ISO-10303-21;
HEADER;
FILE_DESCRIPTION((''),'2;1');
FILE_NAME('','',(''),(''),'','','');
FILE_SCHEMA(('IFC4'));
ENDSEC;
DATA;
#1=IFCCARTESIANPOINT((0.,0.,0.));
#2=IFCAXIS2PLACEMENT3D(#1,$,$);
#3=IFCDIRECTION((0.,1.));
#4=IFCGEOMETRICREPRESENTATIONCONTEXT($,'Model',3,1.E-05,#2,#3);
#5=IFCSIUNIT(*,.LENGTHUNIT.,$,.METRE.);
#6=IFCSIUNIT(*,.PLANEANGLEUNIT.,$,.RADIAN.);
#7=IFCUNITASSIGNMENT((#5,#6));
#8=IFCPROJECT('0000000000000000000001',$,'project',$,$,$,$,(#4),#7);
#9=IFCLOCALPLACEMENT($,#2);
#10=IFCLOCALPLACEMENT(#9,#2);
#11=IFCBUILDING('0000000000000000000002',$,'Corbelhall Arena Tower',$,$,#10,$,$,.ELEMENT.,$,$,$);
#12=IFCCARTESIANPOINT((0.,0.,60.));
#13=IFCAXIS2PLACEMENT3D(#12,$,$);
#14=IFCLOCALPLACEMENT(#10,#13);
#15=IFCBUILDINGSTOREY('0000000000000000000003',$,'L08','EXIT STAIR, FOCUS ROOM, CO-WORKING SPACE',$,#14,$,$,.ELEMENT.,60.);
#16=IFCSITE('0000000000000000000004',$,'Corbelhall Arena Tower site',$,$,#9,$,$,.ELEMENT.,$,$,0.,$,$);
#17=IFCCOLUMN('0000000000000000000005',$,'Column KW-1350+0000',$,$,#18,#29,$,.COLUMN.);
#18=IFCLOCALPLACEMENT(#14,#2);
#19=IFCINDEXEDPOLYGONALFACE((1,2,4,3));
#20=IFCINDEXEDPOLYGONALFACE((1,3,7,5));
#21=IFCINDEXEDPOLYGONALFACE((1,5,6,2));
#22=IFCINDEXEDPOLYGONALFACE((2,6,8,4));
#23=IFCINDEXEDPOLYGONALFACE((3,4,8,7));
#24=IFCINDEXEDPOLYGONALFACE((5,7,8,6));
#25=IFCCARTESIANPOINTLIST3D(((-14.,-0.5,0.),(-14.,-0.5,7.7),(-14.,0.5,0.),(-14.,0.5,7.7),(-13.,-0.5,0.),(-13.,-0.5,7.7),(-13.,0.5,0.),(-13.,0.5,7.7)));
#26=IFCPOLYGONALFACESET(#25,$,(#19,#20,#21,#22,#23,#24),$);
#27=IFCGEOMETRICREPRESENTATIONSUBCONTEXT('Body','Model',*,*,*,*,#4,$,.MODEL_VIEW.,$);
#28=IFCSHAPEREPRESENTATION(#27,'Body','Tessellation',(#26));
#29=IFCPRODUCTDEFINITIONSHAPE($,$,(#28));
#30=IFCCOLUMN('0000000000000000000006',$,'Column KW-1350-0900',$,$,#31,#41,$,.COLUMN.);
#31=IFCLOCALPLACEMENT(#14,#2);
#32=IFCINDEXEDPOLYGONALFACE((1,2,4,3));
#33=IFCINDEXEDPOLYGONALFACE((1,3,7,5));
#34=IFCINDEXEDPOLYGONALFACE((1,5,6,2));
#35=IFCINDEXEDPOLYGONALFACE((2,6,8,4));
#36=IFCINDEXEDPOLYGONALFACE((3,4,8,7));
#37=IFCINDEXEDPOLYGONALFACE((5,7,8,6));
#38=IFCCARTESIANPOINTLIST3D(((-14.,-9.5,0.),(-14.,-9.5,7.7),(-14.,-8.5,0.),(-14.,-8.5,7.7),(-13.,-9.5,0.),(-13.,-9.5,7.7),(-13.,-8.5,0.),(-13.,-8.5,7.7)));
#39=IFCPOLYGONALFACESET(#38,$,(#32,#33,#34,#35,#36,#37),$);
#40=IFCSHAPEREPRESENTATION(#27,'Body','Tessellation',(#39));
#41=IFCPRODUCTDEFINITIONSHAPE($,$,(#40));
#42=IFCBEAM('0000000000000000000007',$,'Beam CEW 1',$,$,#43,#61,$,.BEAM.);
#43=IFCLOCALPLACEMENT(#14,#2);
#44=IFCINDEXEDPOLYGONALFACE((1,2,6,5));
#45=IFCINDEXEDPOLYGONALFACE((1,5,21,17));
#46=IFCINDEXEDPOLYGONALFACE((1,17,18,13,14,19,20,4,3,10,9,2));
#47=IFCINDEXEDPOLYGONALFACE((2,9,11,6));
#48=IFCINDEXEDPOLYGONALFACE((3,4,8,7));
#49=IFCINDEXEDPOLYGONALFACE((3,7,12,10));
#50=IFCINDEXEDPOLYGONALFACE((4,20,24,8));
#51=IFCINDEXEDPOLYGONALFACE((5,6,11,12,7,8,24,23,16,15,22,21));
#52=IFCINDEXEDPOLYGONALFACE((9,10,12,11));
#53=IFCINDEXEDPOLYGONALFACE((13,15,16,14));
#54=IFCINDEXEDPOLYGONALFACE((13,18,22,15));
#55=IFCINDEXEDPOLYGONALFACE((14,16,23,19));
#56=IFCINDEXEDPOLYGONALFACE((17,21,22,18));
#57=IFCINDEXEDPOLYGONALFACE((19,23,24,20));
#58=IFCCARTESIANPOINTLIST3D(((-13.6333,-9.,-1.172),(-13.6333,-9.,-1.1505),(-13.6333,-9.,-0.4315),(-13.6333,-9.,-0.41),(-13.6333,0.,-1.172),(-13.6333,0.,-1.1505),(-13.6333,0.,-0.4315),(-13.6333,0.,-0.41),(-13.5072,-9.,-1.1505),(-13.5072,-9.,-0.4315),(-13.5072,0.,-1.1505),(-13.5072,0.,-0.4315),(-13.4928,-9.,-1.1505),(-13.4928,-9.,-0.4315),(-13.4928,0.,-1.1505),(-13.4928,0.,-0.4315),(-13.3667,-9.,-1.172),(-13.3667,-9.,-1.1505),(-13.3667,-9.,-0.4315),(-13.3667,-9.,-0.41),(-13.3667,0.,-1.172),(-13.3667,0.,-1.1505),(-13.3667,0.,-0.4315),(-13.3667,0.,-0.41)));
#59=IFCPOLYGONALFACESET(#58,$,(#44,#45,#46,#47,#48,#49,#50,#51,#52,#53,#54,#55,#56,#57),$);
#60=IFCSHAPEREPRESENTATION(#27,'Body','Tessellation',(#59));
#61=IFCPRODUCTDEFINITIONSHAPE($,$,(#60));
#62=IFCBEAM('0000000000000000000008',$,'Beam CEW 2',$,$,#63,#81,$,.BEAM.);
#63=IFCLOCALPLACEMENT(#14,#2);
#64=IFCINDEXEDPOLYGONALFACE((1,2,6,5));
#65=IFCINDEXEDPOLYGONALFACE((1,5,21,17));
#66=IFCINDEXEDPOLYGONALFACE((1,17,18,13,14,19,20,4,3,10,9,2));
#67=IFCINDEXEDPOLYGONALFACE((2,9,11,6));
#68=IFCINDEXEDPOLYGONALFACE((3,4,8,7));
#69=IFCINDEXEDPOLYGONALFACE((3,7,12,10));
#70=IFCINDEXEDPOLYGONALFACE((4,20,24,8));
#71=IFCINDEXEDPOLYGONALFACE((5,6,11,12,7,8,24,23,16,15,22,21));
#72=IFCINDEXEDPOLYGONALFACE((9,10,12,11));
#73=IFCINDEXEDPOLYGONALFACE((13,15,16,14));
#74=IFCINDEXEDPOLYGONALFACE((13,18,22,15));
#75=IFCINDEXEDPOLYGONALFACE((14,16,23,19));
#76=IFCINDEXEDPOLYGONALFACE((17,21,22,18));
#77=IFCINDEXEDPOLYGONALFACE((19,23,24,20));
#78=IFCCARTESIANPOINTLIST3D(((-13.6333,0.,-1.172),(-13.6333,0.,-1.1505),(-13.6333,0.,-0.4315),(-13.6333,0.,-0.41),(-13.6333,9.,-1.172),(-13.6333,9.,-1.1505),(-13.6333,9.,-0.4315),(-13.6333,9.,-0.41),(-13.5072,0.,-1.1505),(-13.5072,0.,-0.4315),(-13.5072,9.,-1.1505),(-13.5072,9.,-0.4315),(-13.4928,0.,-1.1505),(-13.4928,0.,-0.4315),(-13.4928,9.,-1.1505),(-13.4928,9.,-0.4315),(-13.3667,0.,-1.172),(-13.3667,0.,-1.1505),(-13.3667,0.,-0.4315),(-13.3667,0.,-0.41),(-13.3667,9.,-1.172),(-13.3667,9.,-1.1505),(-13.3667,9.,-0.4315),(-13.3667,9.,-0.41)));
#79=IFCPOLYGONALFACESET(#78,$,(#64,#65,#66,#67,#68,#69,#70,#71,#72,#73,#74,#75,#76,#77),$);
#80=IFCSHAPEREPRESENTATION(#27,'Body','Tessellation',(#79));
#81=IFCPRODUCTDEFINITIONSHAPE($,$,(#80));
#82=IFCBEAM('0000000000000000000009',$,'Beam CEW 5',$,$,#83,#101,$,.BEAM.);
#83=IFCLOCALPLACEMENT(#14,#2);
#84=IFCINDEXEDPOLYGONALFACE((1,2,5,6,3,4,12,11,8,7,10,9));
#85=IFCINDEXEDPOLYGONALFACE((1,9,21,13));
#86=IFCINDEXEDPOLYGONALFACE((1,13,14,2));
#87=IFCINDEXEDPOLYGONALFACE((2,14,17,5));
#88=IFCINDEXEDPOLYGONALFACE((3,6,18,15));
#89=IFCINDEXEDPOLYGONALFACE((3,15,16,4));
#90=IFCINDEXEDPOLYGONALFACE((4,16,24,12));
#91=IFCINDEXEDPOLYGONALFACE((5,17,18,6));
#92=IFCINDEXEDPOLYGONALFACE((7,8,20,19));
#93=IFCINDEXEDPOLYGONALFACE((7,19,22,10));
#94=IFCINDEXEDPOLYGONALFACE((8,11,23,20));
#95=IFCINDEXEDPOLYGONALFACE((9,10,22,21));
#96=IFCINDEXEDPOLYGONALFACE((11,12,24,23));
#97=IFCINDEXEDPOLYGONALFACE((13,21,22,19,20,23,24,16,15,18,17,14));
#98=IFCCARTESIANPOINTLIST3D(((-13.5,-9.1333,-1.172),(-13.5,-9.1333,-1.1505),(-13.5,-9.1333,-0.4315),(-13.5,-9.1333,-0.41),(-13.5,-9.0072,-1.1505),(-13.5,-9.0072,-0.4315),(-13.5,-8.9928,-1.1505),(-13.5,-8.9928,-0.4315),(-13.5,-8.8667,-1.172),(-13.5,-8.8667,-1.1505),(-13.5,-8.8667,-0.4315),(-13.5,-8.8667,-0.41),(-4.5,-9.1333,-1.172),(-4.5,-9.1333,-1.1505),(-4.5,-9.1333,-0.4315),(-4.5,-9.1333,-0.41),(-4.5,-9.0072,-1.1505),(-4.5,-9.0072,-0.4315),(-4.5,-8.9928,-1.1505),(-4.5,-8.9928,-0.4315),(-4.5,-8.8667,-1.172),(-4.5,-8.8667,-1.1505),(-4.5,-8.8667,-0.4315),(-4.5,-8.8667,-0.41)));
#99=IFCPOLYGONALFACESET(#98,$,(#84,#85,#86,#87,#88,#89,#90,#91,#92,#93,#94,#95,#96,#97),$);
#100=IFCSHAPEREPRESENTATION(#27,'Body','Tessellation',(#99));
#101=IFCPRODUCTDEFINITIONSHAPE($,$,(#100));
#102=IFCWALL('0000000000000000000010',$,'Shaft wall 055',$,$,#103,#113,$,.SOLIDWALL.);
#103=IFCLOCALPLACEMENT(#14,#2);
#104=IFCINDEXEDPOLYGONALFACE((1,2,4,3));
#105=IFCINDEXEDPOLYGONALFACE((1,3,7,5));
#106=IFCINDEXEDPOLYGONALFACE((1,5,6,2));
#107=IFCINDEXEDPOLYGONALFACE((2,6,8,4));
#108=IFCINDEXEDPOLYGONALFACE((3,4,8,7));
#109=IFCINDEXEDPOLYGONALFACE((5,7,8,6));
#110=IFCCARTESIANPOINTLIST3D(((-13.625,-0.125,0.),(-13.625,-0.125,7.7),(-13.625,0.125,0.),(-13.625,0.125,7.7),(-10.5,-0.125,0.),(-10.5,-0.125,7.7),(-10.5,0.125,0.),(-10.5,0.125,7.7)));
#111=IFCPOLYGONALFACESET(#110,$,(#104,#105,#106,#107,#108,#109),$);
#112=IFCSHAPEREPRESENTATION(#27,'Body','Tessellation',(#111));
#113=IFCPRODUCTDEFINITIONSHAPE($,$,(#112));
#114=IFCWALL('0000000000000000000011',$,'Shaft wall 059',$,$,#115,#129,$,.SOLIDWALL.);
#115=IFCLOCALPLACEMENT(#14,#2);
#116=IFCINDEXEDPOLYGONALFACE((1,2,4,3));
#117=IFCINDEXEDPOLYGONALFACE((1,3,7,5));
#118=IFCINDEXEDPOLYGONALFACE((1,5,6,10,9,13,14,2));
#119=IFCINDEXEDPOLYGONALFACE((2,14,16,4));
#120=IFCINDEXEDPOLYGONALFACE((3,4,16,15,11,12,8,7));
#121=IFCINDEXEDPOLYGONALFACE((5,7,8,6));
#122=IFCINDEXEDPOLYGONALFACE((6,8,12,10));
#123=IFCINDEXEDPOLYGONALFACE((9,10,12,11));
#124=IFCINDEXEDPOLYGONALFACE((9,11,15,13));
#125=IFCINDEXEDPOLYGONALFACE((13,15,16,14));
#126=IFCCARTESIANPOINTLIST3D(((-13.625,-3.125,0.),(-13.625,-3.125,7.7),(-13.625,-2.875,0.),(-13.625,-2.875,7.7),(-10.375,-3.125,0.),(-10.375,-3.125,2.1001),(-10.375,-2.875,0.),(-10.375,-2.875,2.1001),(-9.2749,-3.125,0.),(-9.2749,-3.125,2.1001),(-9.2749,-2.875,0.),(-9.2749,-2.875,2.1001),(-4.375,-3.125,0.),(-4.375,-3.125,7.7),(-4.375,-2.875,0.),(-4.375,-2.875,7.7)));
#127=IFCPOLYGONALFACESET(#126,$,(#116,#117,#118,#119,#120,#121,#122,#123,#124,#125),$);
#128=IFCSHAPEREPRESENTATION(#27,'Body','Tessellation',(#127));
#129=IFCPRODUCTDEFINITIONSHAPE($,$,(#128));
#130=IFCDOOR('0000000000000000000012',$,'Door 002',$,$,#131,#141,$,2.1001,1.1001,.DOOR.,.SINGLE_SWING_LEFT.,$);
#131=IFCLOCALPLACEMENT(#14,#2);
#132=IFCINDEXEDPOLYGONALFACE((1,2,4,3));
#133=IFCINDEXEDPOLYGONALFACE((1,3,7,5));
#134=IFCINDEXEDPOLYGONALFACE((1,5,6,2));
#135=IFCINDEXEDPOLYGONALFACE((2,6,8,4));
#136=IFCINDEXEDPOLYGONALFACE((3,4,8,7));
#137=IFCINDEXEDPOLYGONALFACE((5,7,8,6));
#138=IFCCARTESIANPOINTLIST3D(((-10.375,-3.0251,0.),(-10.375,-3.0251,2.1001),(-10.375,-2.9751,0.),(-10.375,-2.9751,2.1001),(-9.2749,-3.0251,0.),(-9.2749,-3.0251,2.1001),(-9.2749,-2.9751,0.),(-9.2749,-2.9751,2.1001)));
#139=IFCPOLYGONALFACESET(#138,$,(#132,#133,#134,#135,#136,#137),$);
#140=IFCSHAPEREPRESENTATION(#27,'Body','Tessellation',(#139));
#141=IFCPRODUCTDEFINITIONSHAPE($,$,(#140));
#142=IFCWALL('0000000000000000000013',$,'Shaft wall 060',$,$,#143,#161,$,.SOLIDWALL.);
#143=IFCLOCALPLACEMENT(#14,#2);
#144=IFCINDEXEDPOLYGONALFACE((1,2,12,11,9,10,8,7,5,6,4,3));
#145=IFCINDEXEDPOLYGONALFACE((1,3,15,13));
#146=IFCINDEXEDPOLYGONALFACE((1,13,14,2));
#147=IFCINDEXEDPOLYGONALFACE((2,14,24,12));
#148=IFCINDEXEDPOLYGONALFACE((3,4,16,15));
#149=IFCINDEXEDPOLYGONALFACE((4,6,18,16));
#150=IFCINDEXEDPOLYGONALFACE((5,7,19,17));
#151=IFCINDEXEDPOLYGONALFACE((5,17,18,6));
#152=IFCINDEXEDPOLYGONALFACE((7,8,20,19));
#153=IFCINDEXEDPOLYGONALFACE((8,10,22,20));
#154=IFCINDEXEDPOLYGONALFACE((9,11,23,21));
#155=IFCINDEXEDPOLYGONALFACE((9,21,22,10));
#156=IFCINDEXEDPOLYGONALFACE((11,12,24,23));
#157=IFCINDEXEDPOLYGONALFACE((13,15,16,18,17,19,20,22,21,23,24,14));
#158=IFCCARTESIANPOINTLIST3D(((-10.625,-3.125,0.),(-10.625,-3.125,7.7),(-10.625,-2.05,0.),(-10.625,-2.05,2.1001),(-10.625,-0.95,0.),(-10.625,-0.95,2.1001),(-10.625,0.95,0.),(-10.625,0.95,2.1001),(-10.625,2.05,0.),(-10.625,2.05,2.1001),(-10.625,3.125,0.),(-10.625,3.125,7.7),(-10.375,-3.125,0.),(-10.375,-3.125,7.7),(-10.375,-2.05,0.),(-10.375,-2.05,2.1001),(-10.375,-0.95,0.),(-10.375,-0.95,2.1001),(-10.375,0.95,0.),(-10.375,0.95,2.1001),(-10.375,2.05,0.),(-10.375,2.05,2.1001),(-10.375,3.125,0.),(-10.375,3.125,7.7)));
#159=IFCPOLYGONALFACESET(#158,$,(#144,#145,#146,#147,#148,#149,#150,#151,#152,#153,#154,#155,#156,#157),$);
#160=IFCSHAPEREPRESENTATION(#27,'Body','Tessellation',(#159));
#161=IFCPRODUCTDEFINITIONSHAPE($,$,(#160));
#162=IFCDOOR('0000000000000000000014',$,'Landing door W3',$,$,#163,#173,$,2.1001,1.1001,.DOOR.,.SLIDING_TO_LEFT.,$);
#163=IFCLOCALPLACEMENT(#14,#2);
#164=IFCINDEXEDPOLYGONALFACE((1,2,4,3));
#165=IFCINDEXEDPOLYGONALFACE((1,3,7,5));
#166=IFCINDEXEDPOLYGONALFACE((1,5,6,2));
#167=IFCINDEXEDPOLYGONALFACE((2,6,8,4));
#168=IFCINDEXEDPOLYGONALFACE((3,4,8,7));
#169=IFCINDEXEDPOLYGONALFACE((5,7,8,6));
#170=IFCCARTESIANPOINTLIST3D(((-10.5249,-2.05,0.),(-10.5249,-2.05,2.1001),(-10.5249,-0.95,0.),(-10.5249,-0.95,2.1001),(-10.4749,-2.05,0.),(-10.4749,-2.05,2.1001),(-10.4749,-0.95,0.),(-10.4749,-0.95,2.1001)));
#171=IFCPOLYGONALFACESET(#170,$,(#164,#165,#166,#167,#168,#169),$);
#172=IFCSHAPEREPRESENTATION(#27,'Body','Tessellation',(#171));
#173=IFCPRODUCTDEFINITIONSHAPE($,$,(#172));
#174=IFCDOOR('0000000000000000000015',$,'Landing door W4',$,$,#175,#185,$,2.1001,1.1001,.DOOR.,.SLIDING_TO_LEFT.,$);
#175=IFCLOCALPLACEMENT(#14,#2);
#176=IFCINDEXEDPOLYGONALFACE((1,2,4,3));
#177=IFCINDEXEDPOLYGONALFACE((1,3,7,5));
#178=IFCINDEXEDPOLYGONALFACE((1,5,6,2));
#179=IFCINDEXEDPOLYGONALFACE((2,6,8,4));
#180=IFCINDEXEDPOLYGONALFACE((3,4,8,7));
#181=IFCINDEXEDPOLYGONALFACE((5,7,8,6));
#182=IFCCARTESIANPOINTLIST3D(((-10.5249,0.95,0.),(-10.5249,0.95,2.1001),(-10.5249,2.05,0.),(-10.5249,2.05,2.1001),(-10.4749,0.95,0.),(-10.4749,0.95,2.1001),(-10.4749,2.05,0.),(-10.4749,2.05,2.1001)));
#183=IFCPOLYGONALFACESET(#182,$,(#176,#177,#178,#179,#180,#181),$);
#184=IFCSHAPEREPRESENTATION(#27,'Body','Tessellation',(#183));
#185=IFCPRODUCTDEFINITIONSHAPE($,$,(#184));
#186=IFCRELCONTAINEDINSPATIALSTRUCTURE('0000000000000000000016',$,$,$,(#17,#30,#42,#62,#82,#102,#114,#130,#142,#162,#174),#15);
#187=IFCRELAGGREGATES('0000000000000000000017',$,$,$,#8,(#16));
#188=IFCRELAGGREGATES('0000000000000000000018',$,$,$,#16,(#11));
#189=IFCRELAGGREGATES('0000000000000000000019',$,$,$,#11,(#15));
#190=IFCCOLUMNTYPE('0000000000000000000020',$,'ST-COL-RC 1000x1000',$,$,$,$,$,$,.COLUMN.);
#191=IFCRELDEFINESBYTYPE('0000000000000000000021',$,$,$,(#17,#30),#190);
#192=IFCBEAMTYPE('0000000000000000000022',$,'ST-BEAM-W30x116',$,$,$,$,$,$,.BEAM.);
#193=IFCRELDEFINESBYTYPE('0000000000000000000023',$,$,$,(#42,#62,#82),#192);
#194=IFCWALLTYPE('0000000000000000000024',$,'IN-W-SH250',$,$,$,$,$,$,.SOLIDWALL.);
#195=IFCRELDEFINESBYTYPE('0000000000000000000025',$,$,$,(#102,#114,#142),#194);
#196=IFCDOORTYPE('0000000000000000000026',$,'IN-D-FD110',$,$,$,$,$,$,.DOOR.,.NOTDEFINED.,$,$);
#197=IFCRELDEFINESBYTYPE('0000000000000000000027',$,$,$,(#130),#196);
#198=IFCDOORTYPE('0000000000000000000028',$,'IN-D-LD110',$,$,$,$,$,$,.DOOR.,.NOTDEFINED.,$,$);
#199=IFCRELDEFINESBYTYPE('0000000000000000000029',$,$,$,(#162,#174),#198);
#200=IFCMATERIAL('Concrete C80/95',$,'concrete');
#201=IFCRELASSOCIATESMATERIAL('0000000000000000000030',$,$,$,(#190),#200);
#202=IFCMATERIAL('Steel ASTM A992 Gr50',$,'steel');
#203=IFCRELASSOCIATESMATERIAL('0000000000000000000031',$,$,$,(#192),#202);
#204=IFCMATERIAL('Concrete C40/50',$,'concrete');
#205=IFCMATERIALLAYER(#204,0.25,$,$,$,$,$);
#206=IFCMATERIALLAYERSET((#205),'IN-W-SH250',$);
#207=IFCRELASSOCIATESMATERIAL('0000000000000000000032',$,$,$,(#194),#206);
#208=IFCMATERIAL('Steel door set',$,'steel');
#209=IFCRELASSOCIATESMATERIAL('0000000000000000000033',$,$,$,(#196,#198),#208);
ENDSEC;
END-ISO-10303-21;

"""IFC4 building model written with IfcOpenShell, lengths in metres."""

from ifc_helpers import new_model, si_unit, direction, frame, frame_2d, origin, origin_2d, place, context, subcontext, project, spatial, rectangle, i_section, extrude, material, layer, layer_set, material_profile, profile_set, type_object, element, fill, save


model = new_model("IFC4")

# Units and contexts
model_context = context("Model", 3, precision=1e-05, world=origin(), true_north=direction((0.0, 1.0)))
body_context = subcontext(model_context, "Body", "Model", "MODEL_VIEW")
ifc_project = project(units=[si_unit("LENGTHUNIT", "METRE"), si_unit("PLANEANGLEUNIT", "RADIAN")], contexts=[model_context])

# Site, building, storey
site_placement = place(None, origin())
site = spatial("IfcSite", under=ifc_project, at=site_placement, Name="Corbelhall Arena Tower site", CompositionType="ELEMENT", RefElevation=0.0)
building_placement = place(site_placement, origin())
building = spatial("IfcBuilding", under=site, at=building_placement, Name="Corbelhall Arena Tower", CompositionType="ELEMENT")
storey_placement = place(building_placement, frame((0.0, 0.0, 60.0)))
storey = spatial("IfcBuildingStorey", under=building, at=storey_placement, Name="L08", Description="EXIT STAIR, FOCUS ROOM, CO-WORKING SPACE", CompositionType="ELEMENT", Elevation=60.0)

# Columns
ifc_material_1 = material(Name="Concrete C80/95", Category="concrete")
ifc_material_profile_1 = material_profile(ifc_material_1, rectangle(XDim=1.0, YDim=1.0, at=origin_2d()))
ifc_profile_set_1 = profile_set([ifc_material_profile_1], Name="Concrete C80/95")
column_type = type_object("IfcColumnType", Name="ST-COL-RC 1000x1000", PredefinedType="COLUMN", material=ifc_profile_set_1)
for number, where, z_axis, x_axis, name in (
    (1, (-13.5, 0.0, 0.0), (0.0, 0.0, 1.0), (1.0, 0.0, 0.0), "Column KW-1350+0000"),
    (2, (-13.5, -9.0, 0.0), (0.0, 0.0, 1.0), (1.0, 0.0, 0.0), "Column KW-1350-0900"),
):
    element("IfcColumn", number, at=place(storey_placement, frame(where, z_axis=z_axis, x_axis=x_axis)), inside=storey, type_object=column_type, Name=name, PredefinedType="COLUMN", context=body_context, shape_type="SweptSolid", body=[
        extrude(rectangle(XDim=1.0, YDim=1.0, at=origin_2d()), origin(), (0.0, 0.0, 1.0), 7.7),
    ])

# Beams
ifc_material_2 = material(Name="Steel ASTM A992 Gr50", Category="steel")
ifc_material_profile_2 = material_profile(ifc_material_2, i_section(OverallWidth=0.2666, OverallDepth=0.762, WebThickness=0.0144, FlangeThickness=0.0215, at=origin_2d()))
ifc_profile_set_2 = profile_set([ifc_material_profile_2], Name="Steel ASTM A992 Gr50")
beam_type = type_object("IfcBeamType", Name="ST-BEAM-W30x116", PredefinedType="BEAM", material=ifc_profile_set_2)
for number, where, z_axis, x_axis, name in (
    (3, (-13.5, -9.0, -0.791), (0.0, 1.0, 0.0), (-1.0, 0.0, 0.0), "Beam CEW 1"),
    (4, (-13.5, 0.0, -0.791), (0.0, 1.0, 0.0), (-1.0, 0.0, 0.0), "Beam CEW 2"),
    (5, (-13.5, -9.0, -0.791), (1.0, 0.0, 0.0), (0.0, 1.0, 0.0), "Beam CEW 5"),
):
    element("IfcBeam", number, at=place(storey_placement, frame(where, z_axis=z_axis, x_axis=x_axis)), inside=storey, type_object=beam_type, Name=name, PredefinedType="BEAM", context=body_context, shape_type="SweptSolid", body=[
        extrude(i_section(OverallWidth=0.2666, OverallDepth=0.762, WebThickness=0.0144, FlangeThickness=0.0215, at=origin_2d()), origin(), (0.0, 0.0, 1.0), 9.0),
    ])

# Shared definitions
ifc_material_3 = material(Name="Steel door set", Category="steel")

# Wall
ifc_material_4 = material(Name="Concrete C40/50", Category="concrete")
ifc_layer_1 = layer(ifc_material_4, 0.25)
ifc_layer_set_1 = layer_set([ifc_layer_1], Name="IN-W-SH250")
wall_type_1 = type_object("IfcWallType", Name="IN-W-SH250", PredefinedType="SOLIDWALL", material=ifc_layer_set_1)
wall_1_placement = place(storey_placement, frame((-13.625, 0.0, 0.0), z_axis=(0.0, 0.0, 1.0), x_axis=(1.0, 0.0, 0.0)))
element("IfcWall", 6, at=wall_1_placement, inside=storey, type_object=wall_type_1, Name="Shaft wall 055", PredefinedType="SOLIDWALL", context=body_context, shape_type="SweptSolid", body=[
    extrude(rectangle(XDim=3.125, YDim=0.25, at=frame_2d((1.5625, 0.0))), origin(), (0.0, 0.0, 1.0), 7.7),
])

# Wall, opening, door
wall_2_placement = place(storey_placement, frame((-13.625, -3.0, 0.0), z_axis=(0.0, 0.0, 1.0), x_axis=(1.0, 0.0, 0.0)))
wall_2 = element("IfcWall", 7, at=wall_2_placement, inside=storey, type_object=wall_type_1, Name="Shaft wall 059", PredefinedType="SOLIDWALL", context=body_context, shape_type="SweptSolid", body=[
    extrude(rectangle(XDim=9.25, YDim=0.25, at=frame_2d((4.625, 0.0))), origin(), (0.0, 0.0, 1.0), 7.7),
])
opening_1_placement = place(wall_2_placement, frame((3.25, 0.0, 0.0)))
opening_1 = element("IfcOpeningElement", 8, at=opening_1_placement, cuts=wall_2, PredefinedType="OPENING", context=body_context, shape_type="SweptSolid", body=[
    extrude(rectangle(XDim=1.1001, YDim=2.1001, at=frame_2d((0.55, 1.05))), frame((0.0, 0.125, 0.0), z_axis=(0.0, -1.0, 0.0), x_axis=(1.0, 0.0, 0.0)), (0.0, 0.0, 1.0), 0.25),
])
door_type_1 = type_object("IfcDoorType", Name="IN-D-FD110", OperationType="NOTDEFINED", PredefinedType="DOOR", material=ifc_material_3)
door_1_placement = place(opening_1_placement, origin())
door_1 = element("IfcDoor", 9, at=door_1_placement, inside=storey, type_object=door_type_1, Name="Door 002", OperationType="SINGLE_SWING_LEFT", OverallHeight=2.1001, OverallWidth=1.1001, PredefinedType="DOOR", context=body_context, shape_type="SweptSolid", body=[
    extrude(rectangle(XDim=1.1001, YDim=2.1001, at=frame_2d((0.55, 1.05))), frame((0.0, 0.0249, 0.0), z_axis=(0.0, -1.0, 0.0), x_axis=(1.0, 0.0, 0.0)), (0.0, 0.0, 1.0), 0.05),
])
fill(opening_1, door_1)

# Wall, openings, doors
wall_3_placement = place(storey_placement, frame((-10.5, -3.125, 0.0), z_axis=(0.0, 0.0, 1.0), x_axis=(0.0, 1.0, 0.0)))
wall_3 = element("IfcWall", 10, at=wall_3_placement, inside=storey, type_object=wall_type_1, Name="Shaft wall 060", PredefinedType="SOLIDWALL", context=body_context, shape_type="SweptSolid", body=[
    extrude(rectangle(XDim=6.25, YDim=0.25, at=frame_2d((3.125, 0.0))), origin(), (0.0, 0.0, 1.0), 7.7),
])
opening_2_placement = place(wall_3_placement, frame((1.075, 0.0, 0.0)))
opening_2 = element("IfcOpeningElement", 11, at=opening_2_placement, cuts=wall_3, PredefinedType="OPENING", context=body_context, shape_type="SweptSolid", body=[
    extrude(rectangle(XDim=1.1001, YDim=2.1001, at=frame_2d((0.55, 1.05))), frame((0.0, 0.125, 0.0), z_axis=(0.0, -1.0, 0.0), x_axis=(1.0, 0.0, 0.0)), (0.0, 0.0, 1.0), 0.25),
])
opening_3_placement = place(wall_3_placement, frame((4.075, 0.0, 0.0)))
opening_3 = element("IfcOpeningElement", 12, at=opening_3_placement, cuts=wall_3, PredefinedType="OPENING", context=body_context, shape_type="SweptSolid", body=[
    extrude(rectangle(XDim=1.1001, YDim=2.1001, at=frame_2d((0.55, 1.05))), frame((0.0, 0.125, 0.0), z_axis=(0.0, -1.0, 0.0), x_axis=(1.0, 0.0, 0.0)), (0.0, 0.0, 1.0), 0.25),
])
door_type_2 = type_object("IfcDoorType", Name="IN-D-LD110", OperationType="NOTDEFINED", PredefinedType="DOOR", material=ifc_material_3)
door_2_placement = place(opening_2_placement, origin())
door_2 = element("IfcDoor", 13, at=door_2_placement, inside=storey, type_object=door_type_2, Name="Landing door W3", OperationType="SLIDING_TO_LEFT", OverallHeight=2.1001, OverallWidth=1.1001, PredefinedType="DOOR", context=body_context, shape_type="SweptSolid", body=[
    extrude(rectangle(XDim=1.1001, YDim=2.1001, at=frame_2d((0.55, 1.05))), frame((0.0, 0.0249, 0.0), z_axis=(0.0, -1.0, 0.0), x_axis=(1.0, 0.0, 0.0)), (0.0, 0.0, 1.0), 0.05),
])
fill(opening_2, door_2)
door_3_placement = place(opening_3_placement, origin())
door_3 = element("IfcDoor", 14, at=door_3_placement, inside=storey, type_object=door_type_2, Name="Landing door W4", OperationType="SLIDING_TO_LEFT", OverallHeight=2.1001, OverallWidth=1.1001, PredefinedType="DOOR", context=body_context, shape_type="SweptSolid", body=[
    extrude(rectangle(XDim=1.1001, YDim=2.1001, at=frame_2d((0.55, 1.05))), frame((0.0, 0.0249, 0.0), z_axis=(0.0, -1.0, 0.0), x_axis=(1.0, 0.0, 0.0)), (0.0, 0.0, 1.0), 0.05),
])
fill(opening_3, door_3)

save(model, "model.ifc")
